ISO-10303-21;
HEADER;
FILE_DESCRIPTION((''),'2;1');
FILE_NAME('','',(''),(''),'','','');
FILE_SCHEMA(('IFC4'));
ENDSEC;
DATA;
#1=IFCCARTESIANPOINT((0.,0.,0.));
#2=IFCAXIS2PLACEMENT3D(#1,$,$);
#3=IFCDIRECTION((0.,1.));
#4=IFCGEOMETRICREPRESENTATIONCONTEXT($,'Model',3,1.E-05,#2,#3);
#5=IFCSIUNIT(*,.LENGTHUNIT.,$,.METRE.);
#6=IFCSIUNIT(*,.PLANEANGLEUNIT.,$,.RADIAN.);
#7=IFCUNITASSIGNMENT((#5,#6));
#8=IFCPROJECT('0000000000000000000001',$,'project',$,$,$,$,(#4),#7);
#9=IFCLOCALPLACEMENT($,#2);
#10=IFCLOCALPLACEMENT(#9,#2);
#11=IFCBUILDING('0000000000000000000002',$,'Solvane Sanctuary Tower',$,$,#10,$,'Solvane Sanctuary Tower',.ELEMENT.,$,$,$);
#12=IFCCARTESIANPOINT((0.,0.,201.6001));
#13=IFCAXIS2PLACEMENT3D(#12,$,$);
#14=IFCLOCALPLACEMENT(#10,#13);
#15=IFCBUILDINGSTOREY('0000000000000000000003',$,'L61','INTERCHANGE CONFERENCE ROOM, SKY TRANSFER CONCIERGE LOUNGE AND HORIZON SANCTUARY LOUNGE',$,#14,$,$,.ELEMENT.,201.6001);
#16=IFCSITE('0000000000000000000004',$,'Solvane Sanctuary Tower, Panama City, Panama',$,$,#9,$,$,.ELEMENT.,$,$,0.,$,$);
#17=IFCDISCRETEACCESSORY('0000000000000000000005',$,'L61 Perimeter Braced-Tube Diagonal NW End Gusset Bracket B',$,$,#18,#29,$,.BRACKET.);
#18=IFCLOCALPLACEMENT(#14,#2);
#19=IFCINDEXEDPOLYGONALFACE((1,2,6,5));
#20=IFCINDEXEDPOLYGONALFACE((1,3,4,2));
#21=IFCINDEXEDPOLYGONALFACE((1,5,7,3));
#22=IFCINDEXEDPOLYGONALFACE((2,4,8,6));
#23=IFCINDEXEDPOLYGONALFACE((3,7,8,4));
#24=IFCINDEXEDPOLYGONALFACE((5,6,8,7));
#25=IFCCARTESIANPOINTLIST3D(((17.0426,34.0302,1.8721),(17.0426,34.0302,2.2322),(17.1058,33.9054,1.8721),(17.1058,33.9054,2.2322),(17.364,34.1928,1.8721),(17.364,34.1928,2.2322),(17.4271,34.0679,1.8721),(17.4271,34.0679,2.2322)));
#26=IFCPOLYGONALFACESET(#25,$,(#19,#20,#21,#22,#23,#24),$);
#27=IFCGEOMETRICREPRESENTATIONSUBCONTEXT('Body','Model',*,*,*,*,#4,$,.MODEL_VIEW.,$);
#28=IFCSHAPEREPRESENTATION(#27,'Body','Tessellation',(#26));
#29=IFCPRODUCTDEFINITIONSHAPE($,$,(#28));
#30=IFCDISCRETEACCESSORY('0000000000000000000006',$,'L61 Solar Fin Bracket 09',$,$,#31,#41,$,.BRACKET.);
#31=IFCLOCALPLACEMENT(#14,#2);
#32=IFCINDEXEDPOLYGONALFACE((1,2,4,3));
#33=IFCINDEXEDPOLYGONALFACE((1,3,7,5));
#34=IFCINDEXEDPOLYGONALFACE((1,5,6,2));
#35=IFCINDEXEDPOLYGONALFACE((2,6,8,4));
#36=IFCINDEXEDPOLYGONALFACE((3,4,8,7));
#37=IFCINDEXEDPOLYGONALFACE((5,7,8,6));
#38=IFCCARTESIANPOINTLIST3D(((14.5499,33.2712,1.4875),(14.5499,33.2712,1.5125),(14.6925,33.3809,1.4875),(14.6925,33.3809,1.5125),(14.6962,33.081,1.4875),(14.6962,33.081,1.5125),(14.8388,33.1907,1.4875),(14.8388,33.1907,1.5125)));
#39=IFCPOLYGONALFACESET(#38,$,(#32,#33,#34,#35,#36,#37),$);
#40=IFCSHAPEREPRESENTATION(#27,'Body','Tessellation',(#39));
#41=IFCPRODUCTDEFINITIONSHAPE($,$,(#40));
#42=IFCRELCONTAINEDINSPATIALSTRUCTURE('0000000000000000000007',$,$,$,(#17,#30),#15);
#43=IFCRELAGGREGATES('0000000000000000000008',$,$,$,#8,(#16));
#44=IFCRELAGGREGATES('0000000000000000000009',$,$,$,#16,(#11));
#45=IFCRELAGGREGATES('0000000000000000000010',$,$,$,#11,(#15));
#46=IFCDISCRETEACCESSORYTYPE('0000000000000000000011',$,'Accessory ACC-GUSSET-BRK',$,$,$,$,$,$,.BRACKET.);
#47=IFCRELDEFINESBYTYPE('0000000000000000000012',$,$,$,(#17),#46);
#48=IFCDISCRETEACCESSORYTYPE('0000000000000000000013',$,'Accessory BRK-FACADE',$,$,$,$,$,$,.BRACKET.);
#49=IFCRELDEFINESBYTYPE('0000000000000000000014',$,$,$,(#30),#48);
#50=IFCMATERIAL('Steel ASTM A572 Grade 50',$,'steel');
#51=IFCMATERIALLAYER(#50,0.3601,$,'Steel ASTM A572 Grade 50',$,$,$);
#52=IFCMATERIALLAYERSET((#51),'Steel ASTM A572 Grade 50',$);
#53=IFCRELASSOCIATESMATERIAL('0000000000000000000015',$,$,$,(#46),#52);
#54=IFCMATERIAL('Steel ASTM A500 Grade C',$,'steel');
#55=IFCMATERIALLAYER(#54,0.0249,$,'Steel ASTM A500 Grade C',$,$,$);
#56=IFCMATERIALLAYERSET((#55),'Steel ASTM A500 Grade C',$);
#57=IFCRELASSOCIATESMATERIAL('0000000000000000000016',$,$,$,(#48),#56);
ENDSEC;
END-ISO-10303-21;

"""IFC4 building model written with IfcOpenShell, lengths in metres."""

from ifc_helpers import new_model, si_unit, direction, frame, origin, origin_2d, place, context, subcontext, project, spatial, rectangle, extrude, material, layer, layer_set, type_object, element, save


model = new_model("IFC4")

# Units and contexts
model_context = context("Model", 3, precision=1e-05, world=origin(), true_north=direction((0.0, 1.0)))
body_context = subcontext(model_context, "Body", "Model", "MODEL_VIEW")
ifc_project = project(units=[si_unit("LENGTHUNIT", "METRE"), si_unit("PLANEANGLEUNIT", "RADIAN")], contexts=[model_context])

# Site, building, storey
site_placement = place(None, origin())
site = spatial("IfcSite", under=ifc_project, at=site_placement, Name="Solvane Sanctuary Tower, Panama City, Panama", CompositionType="ELEMENT", RefElevation=0.0)
building_placement = place(site_placement, origin())
building = spatial("IfcBuilding", under=site, at=building_placement, Name="Solvane Sanctuary Tower", LongName="Solvane Sanctuary Tower", CompositionType="ELEMENT")
storey_placement = place(building_placement, frame((0.0, 0.0, 201.6001)))
storey = spatial("IfcBuildingStorey", under=building, at=storey_placement, Name="L61", Description="INTERCHANGE CONFERENCE ROOM, SKY TRANSFER CONCIERGE LOUNGE AND HORIZON SANCTUARY LOUNGE", CompositionType="ELEMENT", Elevation=201.6001)

# Discrete accessories
ifc_material_1 = material(Name="Steel ASTM A572 Grade 50", Category="steel")
ifc_layer_1 = layer(ifc_material_1, 0.3601, Name="Steel ASTM A572 Grade 50")
ifc_layer_set_1 = layer_set([ifc_layer_1], Name="Steel ASTM A572 Grade 50")
discrete_accessory_type_1 = type_object("IfcDiscreteAccessoryType", Name="Accessory ACC-GUSSET-BRK", PredefinedType="BRACKET", material=ifc_layer_set_1)
for number, where, z_axis, x_axis, name in (
    (1, (17.2349, 34.0491, 1.8721), (0.0, 0.0, 1.0), (-0.89235, -0.451345, 0.0), "L61 Perimeter Braced-Tube Diagonal NW End Gusset Bracket B"),
):
    element("IfcDiscreteAccessory", number, at=place(storey_placement, frame(where, z_axis=z_axis, x_axis=x_axis)), inside=storey, type_object=discrete_accessory_type_1, Name=name, PredefinedType="BRACKET", context=body_context, shape_type="SweptSolid", body=[
        extrude(rectangle(XDim=0.3601, YDim=0.1399, at=origin_2d()), origin(), (0.0, 0.0, 1.0), 0.3601),
    ])
ifc_material_2 = material(Name="Steel ASTM A500 Grade C", Category="steel")
ifc_layer_2 = layer(ifc_material_2, 0.0249, Name="Steel ASTM A500 Grade C")
ifc_layer_set_2 = layer_set([ifc_layer_2], Name="Steel ASTM A500 Grade C")
discrete_accessory_type_2 = type_object("IfcDiscreteAccessoryType", Name="Accessory BRK-FACADE", PredefinedType="BRACKET", material=ifc_layer_set_2)
discrete_accessory_placement = place(storey_placement, frame((14.6943, 33.231, 1.4875), z_axis=(0.0, 0.0, 1.0), x_axis=(-0.792708, -0.609602, 0.0)))
element("IfcDiscreteAccessory", 2, at=discrete_accessory_placement, inside=storey, type_object=discrete_accessory_type_2, Name="L61 Solar Fin Bracket 09", PredefinedType="BRACKET", context=body_context, shape_type="SweptSolid", body=[
    extrude(rectangle(XDim=0.1799, YDim=0.24, at=origin_2d()), origin(), (0.0, 0.0, 1.0), 0.0249),
])

save(model, "model.ifc")
